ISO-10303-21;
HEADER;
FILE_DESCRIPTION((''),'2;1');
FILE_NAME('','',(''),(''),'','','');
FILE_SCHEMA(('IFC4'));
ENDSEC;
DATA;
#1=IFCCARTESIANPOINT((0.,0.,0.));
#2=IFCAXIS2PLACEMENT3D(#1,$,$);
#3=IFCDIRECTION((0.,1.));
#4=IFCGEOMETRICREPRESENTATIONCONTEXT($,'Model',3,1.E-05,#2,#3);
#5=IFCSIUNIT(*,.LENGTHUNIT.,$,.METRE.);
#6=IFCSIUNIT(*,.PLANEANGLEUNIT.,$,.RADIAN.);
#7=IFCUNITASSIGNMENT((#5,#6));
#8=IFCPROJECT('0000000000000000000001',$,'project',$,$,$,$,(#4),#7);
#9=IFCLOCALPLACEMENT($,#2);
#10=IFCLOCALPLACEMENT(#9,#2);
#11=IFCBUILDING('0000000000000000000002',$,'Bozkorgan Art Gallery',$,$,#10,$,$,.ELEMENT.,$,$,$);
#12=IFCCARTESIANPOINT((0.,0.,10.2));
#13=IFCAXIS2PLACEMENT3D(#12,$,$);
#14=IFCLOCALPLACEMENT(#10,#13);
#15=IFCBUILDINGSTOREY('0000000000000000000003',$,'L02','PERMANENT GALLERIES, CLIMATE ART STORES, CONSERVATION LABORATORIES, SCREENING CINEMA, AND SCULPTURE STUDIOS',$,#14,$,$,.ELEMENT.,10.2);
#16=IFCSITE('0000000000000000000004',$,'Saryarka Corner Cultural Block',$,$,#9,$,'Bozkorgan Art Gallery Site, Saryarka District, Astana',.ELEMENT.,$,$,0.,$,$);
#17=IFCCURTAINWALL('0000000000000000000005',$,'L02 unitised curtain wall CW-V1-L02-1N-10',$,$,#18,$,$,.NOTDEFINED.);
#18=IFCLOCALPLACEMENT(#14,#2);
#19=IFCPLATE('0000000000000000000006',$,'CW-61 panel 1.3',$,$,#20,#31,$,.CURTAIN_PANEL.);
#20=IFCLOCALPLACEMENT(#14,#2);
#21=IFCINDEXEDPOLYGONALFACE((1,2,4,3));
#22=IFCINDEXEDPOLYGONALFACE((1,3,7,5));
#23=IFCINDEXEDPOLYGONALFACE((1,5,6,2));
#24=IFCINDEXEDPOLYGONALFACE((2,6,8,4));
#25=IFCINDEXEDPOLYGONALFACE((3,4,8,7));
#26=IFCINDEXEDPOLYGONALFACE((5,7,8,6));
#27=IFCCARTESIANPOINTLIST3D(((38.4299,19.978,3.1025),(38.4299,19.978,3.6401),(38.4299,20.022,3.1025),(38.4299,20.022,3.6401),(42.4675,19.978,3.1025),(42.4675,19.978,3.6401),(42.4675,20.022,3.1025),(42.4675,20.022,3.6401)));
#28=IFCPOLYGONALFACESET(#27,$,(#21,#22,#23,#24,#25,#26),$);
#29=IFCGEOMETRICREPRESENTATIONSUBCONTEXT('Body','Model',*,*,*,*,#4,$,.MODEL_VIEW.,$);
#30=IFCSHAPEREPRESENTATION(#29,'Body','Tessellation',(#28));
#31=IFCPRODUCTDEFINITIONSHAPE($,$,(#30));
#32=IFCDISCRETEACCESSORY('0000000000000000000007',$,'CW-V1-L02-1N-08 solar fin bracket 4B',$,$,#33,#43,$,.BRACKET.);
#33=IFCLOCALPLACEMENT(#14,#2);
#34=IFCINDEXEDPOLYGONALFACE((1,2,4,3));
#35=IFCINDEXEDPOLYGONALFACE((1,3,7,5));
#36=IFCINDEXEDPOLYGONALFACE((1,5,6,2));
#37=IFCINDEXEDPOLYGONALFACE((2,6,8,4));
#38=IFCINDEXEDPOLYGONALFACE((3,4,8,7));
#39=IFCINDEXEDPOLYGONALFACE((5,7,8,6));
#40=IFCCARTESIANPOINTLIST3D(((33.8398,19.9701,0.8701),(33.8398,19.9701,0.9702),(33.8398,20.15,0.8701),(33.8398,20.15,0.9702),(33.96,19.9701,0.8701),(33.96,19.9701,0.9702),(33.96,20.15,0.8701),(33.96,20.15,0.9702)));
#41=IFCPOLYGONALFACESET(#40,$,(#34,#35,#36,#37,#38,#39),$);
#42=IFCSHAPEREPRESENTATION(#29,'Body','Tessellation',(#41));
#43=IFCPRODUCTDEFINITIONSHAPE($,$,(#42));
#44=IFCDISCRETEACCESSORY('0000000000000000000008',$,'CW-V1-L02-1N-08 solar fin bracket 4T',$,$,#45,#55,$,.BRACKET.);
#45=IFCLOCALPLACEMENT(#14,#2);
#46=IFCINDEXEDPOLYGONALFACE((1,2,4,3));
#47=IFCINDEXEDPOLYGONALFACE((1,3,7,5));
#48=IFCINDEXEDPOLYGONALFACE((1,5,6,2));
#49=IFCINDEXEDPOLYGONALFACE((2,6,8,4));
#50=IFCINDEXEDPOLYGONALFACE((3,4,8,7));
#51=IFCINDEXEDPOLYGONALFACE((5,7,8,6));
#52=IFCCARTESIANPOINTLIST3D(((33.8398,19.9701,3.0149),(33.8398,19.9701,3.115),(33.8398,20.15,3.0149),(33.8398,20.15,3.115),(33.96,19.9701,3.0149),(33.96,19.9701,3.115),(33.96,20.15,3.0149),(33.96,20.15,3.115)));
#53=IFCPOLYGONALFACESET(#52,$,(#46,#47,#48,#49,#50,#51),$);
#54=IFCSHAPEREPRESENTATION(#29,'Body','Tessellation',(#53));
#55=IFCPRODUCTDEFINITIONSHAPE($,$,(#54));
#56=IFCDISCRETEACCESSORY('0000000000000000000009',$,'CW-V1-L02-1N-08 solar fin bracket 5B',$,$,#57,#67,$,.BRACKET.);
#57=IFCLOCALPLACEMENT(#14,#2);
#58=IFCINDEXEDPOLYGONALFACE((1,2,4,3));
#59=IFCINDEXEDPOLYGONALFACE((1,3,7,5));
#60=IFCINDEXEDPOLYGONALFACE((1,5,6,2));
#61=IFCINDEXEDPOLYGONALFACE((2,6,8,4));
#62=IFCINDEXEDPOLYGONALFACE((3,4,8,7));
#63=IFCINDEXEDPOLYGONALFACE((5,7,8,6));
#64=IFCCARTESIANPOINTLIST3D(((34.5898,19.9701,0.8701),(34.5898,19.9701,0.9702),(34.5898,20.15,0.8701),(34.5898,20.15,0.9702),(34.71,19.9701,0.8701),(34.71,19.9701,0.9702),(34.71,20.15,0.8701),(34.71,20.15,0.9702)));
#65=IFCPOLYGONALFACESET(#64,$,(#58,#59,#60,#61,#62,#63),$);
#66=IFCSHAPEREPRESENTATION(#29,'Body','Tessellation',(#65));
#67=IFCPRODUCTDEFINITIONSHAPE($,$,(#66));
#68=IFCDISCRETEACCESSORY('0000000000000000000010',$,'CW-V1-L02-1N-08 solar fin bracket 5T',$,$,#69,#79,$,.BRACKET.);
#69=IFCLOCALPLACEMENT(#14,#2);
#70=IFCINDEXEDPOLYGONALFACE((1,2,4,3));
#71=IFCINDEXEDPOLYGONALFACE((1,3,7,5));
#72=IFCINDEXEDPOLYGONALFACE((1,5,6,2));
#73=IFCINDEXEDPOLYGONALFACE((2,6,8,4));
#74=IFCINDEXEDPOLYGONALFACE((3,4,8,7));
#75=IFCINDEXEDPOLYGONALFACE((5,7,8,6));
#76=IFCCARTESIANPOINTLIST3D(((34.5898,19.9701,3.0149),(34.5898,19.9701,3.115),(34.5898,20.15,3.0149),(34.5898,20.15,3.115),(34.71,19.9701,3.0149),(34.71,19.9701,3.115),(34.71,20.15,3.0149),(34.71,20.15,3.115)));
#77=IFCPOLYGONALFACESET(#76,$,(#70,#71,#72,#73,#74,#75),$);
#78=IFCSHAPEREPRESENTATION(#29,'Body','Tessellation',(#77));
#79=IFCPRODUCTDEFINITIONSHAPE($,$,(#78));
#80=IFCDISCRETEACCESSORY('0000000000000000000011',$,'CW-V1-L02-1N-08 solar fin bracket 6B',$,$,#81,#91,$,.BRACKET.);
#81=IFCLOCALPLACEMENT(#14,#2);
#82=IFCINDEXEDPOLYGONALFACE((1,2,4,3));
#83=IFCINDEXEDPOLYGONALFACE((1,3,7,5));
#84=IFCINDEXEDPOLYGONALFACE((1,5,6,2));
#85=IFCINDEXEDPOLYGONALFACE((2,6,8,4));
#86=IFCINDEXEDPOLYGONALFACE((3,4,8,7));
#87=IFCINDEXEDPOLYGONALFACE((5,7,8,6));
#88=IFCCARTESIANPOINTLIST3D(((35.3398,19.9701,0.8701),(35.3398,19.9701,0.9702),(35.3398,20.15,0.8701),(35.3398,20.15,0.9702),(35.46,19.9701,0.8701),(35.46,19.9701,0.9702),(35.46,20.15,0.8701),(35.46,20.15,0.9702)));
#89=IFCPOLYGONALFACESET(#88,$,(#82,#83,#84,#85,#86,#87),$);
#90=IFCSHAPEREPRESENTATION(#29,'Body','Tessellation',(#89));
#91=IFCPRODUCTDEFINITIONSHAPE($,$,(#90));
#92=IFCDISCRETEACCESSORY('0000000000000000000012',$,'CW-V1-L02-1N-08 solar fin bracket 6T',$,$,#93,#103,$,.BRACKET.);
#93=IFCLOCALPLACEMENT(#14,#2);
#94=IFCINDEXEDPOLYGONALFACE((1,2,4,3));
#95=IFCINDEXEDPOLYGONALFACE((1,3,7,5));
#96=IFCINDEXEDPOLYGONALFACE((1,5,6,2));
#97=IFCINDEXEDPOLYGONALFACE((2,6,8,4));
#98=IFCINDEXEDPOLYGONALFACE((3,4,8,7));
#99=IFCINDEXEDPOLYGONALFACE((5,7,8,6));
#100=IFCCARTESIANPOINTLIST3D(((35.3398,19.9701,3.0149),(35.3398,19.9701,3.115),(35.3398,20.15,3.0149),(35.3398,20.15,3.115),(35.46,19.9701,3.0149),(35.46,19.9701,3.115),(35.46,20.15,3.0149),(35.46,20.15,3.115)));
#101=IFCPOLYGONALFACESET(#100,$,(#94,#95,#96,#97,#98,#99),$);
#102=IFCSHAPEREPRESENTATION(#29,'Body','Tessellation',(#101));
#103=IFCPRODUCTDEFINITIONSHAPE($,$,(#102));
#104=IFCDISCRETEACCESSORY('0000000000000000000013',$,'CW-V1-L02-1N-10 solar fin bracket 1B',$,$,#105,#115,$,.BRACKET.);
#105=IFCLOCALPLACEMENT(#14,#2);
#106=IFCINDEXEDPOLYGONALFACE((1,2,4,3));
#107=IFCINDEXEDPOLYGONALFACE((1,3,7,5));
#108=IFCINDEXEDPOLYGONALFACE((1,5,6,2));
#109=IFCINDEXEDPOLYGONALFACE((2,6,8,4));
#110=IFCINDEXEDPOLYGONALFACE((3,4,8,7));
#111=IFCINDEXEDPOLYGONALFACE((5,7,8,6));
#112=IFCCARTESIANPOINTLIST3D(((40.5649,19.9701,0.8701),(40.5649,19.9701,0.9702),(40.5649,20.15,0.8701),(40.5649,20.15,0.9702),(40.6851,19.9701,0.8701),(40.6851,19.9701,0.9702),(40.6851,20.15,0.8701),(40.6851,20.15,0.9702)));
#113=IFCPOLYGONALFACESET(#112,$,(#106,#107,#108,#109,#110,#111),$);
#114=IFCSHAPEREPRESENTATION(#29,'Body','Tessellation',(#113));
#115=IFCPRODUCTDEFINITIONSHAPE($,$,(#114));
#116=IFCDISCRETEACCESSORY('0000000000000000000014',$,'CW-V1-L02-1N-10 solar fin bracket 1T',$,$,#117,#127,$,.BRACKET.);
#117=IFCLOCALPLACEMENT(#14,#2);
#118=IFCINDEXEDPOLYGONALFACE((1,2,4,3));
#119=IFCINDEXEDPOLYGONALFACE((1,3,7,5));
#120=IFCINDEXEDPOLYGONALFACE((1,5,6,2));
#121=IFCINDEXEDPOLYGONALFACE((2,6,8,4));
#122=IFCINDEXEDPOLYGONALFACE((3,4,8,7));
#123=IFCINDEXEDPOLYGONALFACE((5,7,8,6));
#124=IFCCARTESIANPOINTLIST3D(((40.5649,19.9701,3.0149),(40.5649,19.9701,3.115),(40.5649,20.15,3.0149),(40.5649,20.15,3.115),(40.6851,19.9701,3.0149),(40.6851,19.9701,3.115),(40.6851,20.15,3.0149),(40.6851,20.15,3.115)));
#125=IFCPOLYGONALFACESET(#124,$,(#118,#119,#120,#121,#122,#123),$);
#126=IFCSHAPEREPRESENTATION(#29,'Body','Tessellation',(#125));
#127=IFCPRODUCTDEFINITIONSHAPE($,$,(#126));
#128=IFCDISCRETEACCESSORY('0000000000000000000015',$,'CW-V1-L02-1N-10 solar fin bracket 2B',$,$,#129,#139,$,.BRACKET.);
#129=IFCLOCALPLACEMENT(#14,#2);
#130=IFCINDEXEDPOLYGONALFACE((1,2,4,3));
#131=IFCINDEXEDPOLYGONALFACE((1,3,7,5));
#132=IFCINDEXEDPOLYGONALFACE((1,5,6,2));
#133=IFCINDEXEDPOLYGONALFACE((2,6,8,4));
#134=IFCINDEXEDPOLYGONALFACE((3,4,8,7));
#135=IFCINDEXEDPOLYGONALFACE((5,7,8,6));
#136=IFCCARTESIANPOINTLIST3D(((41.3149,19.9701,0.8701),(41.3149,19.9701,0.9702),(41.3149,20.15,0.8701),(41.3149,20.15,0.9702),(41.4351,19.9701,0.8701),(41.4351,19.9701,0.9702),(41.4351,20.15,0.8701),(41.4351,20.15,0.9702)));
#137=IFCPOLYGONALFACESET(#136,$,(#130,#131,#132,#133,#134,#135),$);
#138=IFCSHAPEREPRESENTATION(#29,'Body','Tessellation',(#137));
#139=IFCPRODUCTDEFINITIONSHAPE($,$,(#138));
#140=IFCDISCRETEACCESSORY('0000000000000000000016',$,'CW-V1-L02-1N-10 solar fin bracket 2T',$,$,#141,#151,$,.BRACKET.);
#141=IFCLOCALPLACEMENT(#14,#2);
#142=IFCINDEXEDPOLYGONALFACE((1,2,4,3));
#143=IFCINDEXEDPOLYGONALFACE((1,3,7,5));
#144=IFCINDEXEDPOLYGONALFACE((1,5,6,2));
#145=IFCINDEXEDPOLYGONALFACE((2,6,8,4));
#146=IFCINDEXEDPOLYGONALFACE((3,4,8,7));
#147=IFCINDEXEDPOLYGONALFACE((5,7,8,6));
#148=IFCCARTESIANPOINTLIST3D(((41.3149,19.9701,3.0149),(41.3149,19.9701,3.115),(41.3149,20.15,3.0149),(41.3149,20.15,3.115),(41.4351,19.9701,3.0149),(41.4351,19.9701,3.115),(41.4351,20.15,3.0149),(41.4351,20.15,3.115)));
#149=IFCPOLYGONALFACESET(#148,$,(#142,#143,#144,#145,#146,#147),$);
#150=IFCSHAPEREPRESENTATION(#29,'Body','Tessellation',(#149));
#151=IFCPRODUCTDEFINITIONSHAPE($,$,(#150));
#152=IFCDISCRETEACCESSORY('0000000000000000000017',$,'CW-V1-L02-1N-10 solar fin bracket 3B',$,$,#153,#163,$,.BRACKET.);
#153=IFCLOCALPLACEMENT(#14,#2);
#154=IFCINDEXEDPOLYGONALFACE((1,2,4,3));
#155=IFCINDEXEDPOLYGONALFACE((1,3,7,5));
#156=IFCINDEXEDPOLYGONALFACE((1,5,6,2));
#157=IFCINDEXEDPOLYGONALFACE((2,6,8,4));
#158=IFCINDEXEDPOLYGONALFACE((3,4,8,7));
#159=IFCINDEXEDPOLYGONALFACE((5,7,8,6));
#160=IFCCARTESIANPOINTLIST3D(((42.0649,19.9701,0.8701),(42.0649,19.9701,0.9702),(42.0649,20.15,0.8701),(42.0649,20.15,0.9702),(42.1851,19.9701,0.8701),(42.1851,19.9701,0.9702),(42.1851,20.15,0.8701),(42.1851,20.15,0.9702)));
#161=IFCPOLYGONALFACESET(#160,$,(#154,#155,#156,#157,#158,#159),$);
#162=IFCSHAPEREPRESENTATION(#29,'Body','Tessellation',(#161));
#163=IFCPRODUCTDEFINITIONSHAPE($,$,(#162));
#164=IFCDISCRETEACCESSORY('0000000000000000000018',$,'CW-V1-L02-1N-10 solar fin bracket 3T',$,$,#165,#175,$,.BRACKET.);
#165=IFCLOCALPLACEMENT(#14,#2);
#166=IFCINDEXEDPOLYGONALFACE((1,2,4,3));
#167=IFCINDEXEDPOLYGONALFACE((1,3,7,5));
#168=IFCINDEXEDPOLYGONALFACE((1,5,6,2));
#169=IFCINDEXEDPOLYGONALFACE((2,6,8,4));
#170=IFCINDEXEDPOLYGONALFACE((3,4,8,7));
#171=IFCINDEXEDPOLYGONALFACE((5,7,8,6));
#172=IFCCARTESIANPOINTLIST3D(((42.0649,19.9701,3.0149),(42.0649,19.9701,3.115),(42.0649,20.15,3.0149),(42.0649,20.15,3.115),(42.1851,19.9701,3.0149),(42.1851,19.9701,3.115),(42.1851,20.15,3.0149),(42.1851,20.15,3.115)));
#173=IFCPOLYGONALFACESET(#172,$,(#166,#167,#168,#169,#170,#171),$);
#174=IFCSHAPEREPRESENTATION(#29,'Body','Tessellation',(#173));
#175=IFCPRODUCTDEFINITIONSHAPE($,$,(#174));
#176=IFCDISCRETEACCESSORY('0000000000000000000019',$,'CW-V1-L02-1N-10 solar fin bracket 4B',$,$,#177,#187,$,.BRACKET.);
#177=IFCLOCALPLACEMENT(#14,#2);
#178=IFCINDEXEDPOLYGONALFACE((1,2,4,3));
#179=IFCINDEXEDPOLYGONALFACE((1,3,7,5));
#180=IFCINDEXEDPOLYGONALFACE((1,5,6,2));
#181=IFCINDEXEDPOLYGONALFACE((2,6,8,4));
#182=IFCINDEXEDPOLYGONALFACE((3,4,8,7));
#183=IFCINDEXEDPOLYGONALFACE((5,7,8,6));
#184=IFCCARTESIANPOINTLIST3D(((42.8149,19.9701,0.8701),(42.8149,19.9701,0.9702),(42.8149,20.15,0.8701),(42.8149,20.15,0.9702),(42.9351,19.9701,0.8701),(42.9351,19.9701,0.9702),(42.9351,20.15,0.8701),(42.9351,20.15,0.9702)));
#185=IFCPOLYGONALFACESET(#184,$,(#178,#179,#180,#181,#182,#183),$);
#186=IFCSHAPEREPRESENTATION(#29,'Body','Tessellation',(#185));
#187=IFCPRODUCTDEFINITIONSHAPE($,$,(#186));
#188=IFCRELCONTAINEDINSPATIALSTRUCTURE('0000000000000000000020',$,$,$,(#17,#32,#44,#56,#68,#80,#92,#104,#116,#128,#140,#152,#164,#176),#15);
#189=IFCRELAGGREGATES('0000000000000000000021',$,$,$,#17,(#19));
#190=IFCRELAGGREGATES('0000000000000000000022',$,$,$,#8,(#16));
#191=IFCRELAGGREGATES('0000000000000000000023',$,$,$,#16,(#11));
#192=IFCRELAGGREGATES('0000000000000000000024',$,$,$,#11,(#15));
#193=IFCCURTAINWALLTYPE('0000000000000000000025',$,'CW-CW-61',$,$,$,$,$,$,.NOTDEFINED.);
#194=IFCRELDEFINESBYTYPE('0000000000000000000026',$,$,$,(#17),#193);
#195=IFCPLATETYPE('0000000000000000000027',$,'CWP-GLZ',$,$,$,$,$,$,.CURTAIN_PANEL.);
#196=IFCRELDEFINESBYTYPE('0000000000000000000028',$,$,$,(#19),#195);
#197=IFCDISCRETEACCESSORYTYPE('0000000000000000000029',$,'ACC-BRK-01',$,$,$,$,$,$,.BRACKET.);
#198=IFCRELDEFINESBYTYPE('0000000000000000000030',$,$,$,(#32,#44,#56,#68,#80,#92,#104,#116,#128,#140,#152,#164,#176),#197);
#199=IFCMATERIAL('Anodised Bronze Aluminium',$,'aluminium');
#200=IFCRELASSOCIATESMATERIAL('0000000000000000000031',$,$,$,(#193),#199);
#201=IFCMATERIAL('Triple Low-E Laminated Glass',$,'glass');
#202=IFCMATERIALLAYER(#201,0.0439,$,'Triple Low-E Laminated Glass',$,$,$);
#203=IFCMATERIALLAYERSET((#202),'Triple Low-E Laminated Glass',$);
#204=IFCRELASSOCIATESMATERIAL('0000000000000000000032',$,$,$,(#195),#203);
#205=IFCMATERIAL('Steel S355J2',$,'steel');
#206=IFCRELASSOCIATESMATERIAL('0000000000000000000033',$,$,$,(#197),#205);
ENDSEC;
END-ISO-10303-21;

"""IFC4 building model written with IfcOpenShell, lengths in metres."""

from ifc_helpers import new_model, si_unit, direction, frame, origin, origin_2d, place, context, subcontext, project, spatial, rectangle, extrude, material, layer, layer_set, type_object, element, aggregate, save


model = new_model("IFC4")

# Units and contexts
model_context = context("Model", 3, precision=1e-05, world=origin(), true_north=direction((0.0, 1.0)))
body_context = subcontext(model_context, "Body", "Model", "MODEL_VIEW")
ifc_project = project(units=[si_unit("LENGTHUNIT", "METRE"), si_unit("PLANEANGLEUNIT", "RADIAN")], contexts=[model_context])

# Site, building, storey
site_placement = place(None, origin())
site = spatial("IfcSite", under=ifc_project, at=site_placement, Name="Saryarka Corner Cultural Block", LongName="Bozkorgan Art Gallery Site, Saryarka District, Astana", CompositionType="ELEMENT", RefElevation=0.0)
building_placement = place(site_placement, origin())
building = spatial("IfcBuilding", under=site, at=building_placement, Name="Bozkorgan Art Gallery", CompositionType="ELEMENT")
storey_placement = place(building_placement, frame((0.0, 0.0, 10.2)))
storey = spatial("IfcBuildingStorey", under=building, at=storey_placement, Name="L02", Description="PERMANENT GALLERIES, CLIMATE ART STORES, CONSERVATION LABORATORIES, SCREENING CINEMA, AND SCULPTURE STUDIOS", CompositionType="ELEMENT", Elevation=10.2)

# Curtain wall, plate
ifc_material_1 = material(Name="Anodised Bronze Aluminium", Category="aluminium")
curtain_wall_type = type_object("IfcCurtainWallType", Name="CW-CW-61", PredefinedType="NOTDEFINED", material=ifc_material_1)
curtain_wall_placement = place(storey_placement, origin())
curtain_wall = element("IfcCurtainWall", 1, at=curtain_wall_placement, inside=storey, type_object=curtain_wall_type, Name="L02 unitised curtain wall CW-V1-L02-1N-10", PredefinedType="NOTDEFINED")
ifc_material_2 = material(Name="Triple Low-E Laminated Glass", Category="glass")
ifc_layer = layer(ifc_material_2, 0.0439, Name="Triple Low-E Laminated Glass")
ifc_layer_set = layer_set([ifc_layer], Name="Triple Low-E Laminated Glass")
plate_type = type_object("IfcPlateType", Name="CWP-GLZ", PredefinedType="CURTAIN_PANEL", material=ifc_layer_set)
plate_1_placement = place(storey_placement, frame((40.4487, 20.0, 3.1025), z_axis=(0.0, 0.0, 1.0), x_axis=(1.0, 0.0, 0.0)))
plate_1 = element("IfcPlate", 2, at=plate_1_placement, type_object=plate_type, Name="CW-61 panel 1.3", PredefinedType="CURTAIN_PANEL", context=body_context, shape_type="SweptSolid", body=[
    extrude(rectangle(XDim=4.0376, YDim=0.0439, at=origin_2d()), origin(), (0.0, 0.0, 1.0), 0.5376),
])
aggregate(curtain_wall, [plate_1])

# Discrete accessories
ifc_material_3 = material(Name="Steel S355J2", Category="steel")
discrete_accessory_type = type_object("IfcDiscreteAccessoryType", Name="ACC-BRK-01", PredefinedType="BRACKET", material=ifc_material_3)
for number, where, z_axis, x_axis, name in (
    (3, (33.8999, 20.0601, 0.8701), (0.0, 0.0, 1.0), (0.0, 1.0, 0.0), "CW-V1-L02-1N-08 solar fin bracket 4B"),
    (4, (33.8999, 20.0601, 3.0149), (0.0, 0.0, 1.0), (0.0, 1.0, 0.0), "CW-V1-L02-1N-08 solar fin bracket 4T"),
    (5, (34.6499, 20.0601, 0.8701), (0.0, 0.0, 1.0), (0.0, 1.0, 0.0), "CW-V1-L02-1N-08 solar fin bracket 5B"),
    (6, (34.6499, 20.0601, 3.0149), (0.0, 0.0, 1.0), (0.0, 1.0, 0.0), "CW-V1-L02-1N-08 solar fin bracket 5T"),
    (7, (35.3999, 20.0601, 0.8701), (0.0, 0.0, 1.0), (0.0, 1.0, 0.0), "CW-V1-L02-1N-08 solar fin bracket 6B"),
    (8, (35.3999, 20.0601, 3.0149), (0.0, 0.0, 1.0), (0.0, 1.0, 0.0), "CW-V1-L02-1N-08 solar fin bracket 6T"),
    (9, (40.625, 20.0601, 0.8701), (0.0, 0.0, 1.0), (0.0, 1.0, 0.0), "CW-V1-L02-1N-10 solar fin bracket 1B"),
    (10, (40.625, 20.0601, 3.0149), (0.0, 0.0, 1.0), (0.0, 1.0, 0.0), "CW-V1-L02-1N-10 solar fin bracket 1T"),
    (11, (41.375, 20.0601, 0.8701), (0.0, 0.0, 1.0), (0.0, 1.0, 0.0), "CW-V1-L02-1N-10 solar fin bracket 2B"),
    (12, (41.375, 20.0601, 3.0149), (0.0, 0.0, 1.0), (0.0, 1.0, 0.0), "CW-V1-L02-1N-10 solar fin bracket 2T"),
    (13, (42.125, 20.0601, 0.8701), (0.0, 0.0, 1.0), (0.0, 1.0, 0.0), "CW-V1-L02-1N-10 solar fin bracket 3B"),
    (14, (42.125, 20.0601, 3.0149), (0.0, 0.0, 1.0), (0.0, 1.0, 0.0), "CW-V1-L02-1N-10 solar fin bracket 3T"),
    (15, (42.875, 20.0601, 0.8701), (0.0, 0.0, 1.0), (0.0, 1.0, 0.0), "CW-V1-L02-1N-10 solar fin bracket 4B"),
):
    element("IfcDiscreteAccessory", number, at=place(storey_placement, frame(where, z_axis=z_axis, x_axis=x_axis)), inside=storey, type_object=discrete_accessory_type, Name=name, PredefinedType="BRACKET", context=body_context, shape_type="SweptSolid", body=[
        extrude(rectangle(XDim=0.1799, YDim=0.1201, at=origin_2d()), origin(), (0.0, 0.0, 1.0), 0.1001),
    ])

save(model, "model.ifc")
